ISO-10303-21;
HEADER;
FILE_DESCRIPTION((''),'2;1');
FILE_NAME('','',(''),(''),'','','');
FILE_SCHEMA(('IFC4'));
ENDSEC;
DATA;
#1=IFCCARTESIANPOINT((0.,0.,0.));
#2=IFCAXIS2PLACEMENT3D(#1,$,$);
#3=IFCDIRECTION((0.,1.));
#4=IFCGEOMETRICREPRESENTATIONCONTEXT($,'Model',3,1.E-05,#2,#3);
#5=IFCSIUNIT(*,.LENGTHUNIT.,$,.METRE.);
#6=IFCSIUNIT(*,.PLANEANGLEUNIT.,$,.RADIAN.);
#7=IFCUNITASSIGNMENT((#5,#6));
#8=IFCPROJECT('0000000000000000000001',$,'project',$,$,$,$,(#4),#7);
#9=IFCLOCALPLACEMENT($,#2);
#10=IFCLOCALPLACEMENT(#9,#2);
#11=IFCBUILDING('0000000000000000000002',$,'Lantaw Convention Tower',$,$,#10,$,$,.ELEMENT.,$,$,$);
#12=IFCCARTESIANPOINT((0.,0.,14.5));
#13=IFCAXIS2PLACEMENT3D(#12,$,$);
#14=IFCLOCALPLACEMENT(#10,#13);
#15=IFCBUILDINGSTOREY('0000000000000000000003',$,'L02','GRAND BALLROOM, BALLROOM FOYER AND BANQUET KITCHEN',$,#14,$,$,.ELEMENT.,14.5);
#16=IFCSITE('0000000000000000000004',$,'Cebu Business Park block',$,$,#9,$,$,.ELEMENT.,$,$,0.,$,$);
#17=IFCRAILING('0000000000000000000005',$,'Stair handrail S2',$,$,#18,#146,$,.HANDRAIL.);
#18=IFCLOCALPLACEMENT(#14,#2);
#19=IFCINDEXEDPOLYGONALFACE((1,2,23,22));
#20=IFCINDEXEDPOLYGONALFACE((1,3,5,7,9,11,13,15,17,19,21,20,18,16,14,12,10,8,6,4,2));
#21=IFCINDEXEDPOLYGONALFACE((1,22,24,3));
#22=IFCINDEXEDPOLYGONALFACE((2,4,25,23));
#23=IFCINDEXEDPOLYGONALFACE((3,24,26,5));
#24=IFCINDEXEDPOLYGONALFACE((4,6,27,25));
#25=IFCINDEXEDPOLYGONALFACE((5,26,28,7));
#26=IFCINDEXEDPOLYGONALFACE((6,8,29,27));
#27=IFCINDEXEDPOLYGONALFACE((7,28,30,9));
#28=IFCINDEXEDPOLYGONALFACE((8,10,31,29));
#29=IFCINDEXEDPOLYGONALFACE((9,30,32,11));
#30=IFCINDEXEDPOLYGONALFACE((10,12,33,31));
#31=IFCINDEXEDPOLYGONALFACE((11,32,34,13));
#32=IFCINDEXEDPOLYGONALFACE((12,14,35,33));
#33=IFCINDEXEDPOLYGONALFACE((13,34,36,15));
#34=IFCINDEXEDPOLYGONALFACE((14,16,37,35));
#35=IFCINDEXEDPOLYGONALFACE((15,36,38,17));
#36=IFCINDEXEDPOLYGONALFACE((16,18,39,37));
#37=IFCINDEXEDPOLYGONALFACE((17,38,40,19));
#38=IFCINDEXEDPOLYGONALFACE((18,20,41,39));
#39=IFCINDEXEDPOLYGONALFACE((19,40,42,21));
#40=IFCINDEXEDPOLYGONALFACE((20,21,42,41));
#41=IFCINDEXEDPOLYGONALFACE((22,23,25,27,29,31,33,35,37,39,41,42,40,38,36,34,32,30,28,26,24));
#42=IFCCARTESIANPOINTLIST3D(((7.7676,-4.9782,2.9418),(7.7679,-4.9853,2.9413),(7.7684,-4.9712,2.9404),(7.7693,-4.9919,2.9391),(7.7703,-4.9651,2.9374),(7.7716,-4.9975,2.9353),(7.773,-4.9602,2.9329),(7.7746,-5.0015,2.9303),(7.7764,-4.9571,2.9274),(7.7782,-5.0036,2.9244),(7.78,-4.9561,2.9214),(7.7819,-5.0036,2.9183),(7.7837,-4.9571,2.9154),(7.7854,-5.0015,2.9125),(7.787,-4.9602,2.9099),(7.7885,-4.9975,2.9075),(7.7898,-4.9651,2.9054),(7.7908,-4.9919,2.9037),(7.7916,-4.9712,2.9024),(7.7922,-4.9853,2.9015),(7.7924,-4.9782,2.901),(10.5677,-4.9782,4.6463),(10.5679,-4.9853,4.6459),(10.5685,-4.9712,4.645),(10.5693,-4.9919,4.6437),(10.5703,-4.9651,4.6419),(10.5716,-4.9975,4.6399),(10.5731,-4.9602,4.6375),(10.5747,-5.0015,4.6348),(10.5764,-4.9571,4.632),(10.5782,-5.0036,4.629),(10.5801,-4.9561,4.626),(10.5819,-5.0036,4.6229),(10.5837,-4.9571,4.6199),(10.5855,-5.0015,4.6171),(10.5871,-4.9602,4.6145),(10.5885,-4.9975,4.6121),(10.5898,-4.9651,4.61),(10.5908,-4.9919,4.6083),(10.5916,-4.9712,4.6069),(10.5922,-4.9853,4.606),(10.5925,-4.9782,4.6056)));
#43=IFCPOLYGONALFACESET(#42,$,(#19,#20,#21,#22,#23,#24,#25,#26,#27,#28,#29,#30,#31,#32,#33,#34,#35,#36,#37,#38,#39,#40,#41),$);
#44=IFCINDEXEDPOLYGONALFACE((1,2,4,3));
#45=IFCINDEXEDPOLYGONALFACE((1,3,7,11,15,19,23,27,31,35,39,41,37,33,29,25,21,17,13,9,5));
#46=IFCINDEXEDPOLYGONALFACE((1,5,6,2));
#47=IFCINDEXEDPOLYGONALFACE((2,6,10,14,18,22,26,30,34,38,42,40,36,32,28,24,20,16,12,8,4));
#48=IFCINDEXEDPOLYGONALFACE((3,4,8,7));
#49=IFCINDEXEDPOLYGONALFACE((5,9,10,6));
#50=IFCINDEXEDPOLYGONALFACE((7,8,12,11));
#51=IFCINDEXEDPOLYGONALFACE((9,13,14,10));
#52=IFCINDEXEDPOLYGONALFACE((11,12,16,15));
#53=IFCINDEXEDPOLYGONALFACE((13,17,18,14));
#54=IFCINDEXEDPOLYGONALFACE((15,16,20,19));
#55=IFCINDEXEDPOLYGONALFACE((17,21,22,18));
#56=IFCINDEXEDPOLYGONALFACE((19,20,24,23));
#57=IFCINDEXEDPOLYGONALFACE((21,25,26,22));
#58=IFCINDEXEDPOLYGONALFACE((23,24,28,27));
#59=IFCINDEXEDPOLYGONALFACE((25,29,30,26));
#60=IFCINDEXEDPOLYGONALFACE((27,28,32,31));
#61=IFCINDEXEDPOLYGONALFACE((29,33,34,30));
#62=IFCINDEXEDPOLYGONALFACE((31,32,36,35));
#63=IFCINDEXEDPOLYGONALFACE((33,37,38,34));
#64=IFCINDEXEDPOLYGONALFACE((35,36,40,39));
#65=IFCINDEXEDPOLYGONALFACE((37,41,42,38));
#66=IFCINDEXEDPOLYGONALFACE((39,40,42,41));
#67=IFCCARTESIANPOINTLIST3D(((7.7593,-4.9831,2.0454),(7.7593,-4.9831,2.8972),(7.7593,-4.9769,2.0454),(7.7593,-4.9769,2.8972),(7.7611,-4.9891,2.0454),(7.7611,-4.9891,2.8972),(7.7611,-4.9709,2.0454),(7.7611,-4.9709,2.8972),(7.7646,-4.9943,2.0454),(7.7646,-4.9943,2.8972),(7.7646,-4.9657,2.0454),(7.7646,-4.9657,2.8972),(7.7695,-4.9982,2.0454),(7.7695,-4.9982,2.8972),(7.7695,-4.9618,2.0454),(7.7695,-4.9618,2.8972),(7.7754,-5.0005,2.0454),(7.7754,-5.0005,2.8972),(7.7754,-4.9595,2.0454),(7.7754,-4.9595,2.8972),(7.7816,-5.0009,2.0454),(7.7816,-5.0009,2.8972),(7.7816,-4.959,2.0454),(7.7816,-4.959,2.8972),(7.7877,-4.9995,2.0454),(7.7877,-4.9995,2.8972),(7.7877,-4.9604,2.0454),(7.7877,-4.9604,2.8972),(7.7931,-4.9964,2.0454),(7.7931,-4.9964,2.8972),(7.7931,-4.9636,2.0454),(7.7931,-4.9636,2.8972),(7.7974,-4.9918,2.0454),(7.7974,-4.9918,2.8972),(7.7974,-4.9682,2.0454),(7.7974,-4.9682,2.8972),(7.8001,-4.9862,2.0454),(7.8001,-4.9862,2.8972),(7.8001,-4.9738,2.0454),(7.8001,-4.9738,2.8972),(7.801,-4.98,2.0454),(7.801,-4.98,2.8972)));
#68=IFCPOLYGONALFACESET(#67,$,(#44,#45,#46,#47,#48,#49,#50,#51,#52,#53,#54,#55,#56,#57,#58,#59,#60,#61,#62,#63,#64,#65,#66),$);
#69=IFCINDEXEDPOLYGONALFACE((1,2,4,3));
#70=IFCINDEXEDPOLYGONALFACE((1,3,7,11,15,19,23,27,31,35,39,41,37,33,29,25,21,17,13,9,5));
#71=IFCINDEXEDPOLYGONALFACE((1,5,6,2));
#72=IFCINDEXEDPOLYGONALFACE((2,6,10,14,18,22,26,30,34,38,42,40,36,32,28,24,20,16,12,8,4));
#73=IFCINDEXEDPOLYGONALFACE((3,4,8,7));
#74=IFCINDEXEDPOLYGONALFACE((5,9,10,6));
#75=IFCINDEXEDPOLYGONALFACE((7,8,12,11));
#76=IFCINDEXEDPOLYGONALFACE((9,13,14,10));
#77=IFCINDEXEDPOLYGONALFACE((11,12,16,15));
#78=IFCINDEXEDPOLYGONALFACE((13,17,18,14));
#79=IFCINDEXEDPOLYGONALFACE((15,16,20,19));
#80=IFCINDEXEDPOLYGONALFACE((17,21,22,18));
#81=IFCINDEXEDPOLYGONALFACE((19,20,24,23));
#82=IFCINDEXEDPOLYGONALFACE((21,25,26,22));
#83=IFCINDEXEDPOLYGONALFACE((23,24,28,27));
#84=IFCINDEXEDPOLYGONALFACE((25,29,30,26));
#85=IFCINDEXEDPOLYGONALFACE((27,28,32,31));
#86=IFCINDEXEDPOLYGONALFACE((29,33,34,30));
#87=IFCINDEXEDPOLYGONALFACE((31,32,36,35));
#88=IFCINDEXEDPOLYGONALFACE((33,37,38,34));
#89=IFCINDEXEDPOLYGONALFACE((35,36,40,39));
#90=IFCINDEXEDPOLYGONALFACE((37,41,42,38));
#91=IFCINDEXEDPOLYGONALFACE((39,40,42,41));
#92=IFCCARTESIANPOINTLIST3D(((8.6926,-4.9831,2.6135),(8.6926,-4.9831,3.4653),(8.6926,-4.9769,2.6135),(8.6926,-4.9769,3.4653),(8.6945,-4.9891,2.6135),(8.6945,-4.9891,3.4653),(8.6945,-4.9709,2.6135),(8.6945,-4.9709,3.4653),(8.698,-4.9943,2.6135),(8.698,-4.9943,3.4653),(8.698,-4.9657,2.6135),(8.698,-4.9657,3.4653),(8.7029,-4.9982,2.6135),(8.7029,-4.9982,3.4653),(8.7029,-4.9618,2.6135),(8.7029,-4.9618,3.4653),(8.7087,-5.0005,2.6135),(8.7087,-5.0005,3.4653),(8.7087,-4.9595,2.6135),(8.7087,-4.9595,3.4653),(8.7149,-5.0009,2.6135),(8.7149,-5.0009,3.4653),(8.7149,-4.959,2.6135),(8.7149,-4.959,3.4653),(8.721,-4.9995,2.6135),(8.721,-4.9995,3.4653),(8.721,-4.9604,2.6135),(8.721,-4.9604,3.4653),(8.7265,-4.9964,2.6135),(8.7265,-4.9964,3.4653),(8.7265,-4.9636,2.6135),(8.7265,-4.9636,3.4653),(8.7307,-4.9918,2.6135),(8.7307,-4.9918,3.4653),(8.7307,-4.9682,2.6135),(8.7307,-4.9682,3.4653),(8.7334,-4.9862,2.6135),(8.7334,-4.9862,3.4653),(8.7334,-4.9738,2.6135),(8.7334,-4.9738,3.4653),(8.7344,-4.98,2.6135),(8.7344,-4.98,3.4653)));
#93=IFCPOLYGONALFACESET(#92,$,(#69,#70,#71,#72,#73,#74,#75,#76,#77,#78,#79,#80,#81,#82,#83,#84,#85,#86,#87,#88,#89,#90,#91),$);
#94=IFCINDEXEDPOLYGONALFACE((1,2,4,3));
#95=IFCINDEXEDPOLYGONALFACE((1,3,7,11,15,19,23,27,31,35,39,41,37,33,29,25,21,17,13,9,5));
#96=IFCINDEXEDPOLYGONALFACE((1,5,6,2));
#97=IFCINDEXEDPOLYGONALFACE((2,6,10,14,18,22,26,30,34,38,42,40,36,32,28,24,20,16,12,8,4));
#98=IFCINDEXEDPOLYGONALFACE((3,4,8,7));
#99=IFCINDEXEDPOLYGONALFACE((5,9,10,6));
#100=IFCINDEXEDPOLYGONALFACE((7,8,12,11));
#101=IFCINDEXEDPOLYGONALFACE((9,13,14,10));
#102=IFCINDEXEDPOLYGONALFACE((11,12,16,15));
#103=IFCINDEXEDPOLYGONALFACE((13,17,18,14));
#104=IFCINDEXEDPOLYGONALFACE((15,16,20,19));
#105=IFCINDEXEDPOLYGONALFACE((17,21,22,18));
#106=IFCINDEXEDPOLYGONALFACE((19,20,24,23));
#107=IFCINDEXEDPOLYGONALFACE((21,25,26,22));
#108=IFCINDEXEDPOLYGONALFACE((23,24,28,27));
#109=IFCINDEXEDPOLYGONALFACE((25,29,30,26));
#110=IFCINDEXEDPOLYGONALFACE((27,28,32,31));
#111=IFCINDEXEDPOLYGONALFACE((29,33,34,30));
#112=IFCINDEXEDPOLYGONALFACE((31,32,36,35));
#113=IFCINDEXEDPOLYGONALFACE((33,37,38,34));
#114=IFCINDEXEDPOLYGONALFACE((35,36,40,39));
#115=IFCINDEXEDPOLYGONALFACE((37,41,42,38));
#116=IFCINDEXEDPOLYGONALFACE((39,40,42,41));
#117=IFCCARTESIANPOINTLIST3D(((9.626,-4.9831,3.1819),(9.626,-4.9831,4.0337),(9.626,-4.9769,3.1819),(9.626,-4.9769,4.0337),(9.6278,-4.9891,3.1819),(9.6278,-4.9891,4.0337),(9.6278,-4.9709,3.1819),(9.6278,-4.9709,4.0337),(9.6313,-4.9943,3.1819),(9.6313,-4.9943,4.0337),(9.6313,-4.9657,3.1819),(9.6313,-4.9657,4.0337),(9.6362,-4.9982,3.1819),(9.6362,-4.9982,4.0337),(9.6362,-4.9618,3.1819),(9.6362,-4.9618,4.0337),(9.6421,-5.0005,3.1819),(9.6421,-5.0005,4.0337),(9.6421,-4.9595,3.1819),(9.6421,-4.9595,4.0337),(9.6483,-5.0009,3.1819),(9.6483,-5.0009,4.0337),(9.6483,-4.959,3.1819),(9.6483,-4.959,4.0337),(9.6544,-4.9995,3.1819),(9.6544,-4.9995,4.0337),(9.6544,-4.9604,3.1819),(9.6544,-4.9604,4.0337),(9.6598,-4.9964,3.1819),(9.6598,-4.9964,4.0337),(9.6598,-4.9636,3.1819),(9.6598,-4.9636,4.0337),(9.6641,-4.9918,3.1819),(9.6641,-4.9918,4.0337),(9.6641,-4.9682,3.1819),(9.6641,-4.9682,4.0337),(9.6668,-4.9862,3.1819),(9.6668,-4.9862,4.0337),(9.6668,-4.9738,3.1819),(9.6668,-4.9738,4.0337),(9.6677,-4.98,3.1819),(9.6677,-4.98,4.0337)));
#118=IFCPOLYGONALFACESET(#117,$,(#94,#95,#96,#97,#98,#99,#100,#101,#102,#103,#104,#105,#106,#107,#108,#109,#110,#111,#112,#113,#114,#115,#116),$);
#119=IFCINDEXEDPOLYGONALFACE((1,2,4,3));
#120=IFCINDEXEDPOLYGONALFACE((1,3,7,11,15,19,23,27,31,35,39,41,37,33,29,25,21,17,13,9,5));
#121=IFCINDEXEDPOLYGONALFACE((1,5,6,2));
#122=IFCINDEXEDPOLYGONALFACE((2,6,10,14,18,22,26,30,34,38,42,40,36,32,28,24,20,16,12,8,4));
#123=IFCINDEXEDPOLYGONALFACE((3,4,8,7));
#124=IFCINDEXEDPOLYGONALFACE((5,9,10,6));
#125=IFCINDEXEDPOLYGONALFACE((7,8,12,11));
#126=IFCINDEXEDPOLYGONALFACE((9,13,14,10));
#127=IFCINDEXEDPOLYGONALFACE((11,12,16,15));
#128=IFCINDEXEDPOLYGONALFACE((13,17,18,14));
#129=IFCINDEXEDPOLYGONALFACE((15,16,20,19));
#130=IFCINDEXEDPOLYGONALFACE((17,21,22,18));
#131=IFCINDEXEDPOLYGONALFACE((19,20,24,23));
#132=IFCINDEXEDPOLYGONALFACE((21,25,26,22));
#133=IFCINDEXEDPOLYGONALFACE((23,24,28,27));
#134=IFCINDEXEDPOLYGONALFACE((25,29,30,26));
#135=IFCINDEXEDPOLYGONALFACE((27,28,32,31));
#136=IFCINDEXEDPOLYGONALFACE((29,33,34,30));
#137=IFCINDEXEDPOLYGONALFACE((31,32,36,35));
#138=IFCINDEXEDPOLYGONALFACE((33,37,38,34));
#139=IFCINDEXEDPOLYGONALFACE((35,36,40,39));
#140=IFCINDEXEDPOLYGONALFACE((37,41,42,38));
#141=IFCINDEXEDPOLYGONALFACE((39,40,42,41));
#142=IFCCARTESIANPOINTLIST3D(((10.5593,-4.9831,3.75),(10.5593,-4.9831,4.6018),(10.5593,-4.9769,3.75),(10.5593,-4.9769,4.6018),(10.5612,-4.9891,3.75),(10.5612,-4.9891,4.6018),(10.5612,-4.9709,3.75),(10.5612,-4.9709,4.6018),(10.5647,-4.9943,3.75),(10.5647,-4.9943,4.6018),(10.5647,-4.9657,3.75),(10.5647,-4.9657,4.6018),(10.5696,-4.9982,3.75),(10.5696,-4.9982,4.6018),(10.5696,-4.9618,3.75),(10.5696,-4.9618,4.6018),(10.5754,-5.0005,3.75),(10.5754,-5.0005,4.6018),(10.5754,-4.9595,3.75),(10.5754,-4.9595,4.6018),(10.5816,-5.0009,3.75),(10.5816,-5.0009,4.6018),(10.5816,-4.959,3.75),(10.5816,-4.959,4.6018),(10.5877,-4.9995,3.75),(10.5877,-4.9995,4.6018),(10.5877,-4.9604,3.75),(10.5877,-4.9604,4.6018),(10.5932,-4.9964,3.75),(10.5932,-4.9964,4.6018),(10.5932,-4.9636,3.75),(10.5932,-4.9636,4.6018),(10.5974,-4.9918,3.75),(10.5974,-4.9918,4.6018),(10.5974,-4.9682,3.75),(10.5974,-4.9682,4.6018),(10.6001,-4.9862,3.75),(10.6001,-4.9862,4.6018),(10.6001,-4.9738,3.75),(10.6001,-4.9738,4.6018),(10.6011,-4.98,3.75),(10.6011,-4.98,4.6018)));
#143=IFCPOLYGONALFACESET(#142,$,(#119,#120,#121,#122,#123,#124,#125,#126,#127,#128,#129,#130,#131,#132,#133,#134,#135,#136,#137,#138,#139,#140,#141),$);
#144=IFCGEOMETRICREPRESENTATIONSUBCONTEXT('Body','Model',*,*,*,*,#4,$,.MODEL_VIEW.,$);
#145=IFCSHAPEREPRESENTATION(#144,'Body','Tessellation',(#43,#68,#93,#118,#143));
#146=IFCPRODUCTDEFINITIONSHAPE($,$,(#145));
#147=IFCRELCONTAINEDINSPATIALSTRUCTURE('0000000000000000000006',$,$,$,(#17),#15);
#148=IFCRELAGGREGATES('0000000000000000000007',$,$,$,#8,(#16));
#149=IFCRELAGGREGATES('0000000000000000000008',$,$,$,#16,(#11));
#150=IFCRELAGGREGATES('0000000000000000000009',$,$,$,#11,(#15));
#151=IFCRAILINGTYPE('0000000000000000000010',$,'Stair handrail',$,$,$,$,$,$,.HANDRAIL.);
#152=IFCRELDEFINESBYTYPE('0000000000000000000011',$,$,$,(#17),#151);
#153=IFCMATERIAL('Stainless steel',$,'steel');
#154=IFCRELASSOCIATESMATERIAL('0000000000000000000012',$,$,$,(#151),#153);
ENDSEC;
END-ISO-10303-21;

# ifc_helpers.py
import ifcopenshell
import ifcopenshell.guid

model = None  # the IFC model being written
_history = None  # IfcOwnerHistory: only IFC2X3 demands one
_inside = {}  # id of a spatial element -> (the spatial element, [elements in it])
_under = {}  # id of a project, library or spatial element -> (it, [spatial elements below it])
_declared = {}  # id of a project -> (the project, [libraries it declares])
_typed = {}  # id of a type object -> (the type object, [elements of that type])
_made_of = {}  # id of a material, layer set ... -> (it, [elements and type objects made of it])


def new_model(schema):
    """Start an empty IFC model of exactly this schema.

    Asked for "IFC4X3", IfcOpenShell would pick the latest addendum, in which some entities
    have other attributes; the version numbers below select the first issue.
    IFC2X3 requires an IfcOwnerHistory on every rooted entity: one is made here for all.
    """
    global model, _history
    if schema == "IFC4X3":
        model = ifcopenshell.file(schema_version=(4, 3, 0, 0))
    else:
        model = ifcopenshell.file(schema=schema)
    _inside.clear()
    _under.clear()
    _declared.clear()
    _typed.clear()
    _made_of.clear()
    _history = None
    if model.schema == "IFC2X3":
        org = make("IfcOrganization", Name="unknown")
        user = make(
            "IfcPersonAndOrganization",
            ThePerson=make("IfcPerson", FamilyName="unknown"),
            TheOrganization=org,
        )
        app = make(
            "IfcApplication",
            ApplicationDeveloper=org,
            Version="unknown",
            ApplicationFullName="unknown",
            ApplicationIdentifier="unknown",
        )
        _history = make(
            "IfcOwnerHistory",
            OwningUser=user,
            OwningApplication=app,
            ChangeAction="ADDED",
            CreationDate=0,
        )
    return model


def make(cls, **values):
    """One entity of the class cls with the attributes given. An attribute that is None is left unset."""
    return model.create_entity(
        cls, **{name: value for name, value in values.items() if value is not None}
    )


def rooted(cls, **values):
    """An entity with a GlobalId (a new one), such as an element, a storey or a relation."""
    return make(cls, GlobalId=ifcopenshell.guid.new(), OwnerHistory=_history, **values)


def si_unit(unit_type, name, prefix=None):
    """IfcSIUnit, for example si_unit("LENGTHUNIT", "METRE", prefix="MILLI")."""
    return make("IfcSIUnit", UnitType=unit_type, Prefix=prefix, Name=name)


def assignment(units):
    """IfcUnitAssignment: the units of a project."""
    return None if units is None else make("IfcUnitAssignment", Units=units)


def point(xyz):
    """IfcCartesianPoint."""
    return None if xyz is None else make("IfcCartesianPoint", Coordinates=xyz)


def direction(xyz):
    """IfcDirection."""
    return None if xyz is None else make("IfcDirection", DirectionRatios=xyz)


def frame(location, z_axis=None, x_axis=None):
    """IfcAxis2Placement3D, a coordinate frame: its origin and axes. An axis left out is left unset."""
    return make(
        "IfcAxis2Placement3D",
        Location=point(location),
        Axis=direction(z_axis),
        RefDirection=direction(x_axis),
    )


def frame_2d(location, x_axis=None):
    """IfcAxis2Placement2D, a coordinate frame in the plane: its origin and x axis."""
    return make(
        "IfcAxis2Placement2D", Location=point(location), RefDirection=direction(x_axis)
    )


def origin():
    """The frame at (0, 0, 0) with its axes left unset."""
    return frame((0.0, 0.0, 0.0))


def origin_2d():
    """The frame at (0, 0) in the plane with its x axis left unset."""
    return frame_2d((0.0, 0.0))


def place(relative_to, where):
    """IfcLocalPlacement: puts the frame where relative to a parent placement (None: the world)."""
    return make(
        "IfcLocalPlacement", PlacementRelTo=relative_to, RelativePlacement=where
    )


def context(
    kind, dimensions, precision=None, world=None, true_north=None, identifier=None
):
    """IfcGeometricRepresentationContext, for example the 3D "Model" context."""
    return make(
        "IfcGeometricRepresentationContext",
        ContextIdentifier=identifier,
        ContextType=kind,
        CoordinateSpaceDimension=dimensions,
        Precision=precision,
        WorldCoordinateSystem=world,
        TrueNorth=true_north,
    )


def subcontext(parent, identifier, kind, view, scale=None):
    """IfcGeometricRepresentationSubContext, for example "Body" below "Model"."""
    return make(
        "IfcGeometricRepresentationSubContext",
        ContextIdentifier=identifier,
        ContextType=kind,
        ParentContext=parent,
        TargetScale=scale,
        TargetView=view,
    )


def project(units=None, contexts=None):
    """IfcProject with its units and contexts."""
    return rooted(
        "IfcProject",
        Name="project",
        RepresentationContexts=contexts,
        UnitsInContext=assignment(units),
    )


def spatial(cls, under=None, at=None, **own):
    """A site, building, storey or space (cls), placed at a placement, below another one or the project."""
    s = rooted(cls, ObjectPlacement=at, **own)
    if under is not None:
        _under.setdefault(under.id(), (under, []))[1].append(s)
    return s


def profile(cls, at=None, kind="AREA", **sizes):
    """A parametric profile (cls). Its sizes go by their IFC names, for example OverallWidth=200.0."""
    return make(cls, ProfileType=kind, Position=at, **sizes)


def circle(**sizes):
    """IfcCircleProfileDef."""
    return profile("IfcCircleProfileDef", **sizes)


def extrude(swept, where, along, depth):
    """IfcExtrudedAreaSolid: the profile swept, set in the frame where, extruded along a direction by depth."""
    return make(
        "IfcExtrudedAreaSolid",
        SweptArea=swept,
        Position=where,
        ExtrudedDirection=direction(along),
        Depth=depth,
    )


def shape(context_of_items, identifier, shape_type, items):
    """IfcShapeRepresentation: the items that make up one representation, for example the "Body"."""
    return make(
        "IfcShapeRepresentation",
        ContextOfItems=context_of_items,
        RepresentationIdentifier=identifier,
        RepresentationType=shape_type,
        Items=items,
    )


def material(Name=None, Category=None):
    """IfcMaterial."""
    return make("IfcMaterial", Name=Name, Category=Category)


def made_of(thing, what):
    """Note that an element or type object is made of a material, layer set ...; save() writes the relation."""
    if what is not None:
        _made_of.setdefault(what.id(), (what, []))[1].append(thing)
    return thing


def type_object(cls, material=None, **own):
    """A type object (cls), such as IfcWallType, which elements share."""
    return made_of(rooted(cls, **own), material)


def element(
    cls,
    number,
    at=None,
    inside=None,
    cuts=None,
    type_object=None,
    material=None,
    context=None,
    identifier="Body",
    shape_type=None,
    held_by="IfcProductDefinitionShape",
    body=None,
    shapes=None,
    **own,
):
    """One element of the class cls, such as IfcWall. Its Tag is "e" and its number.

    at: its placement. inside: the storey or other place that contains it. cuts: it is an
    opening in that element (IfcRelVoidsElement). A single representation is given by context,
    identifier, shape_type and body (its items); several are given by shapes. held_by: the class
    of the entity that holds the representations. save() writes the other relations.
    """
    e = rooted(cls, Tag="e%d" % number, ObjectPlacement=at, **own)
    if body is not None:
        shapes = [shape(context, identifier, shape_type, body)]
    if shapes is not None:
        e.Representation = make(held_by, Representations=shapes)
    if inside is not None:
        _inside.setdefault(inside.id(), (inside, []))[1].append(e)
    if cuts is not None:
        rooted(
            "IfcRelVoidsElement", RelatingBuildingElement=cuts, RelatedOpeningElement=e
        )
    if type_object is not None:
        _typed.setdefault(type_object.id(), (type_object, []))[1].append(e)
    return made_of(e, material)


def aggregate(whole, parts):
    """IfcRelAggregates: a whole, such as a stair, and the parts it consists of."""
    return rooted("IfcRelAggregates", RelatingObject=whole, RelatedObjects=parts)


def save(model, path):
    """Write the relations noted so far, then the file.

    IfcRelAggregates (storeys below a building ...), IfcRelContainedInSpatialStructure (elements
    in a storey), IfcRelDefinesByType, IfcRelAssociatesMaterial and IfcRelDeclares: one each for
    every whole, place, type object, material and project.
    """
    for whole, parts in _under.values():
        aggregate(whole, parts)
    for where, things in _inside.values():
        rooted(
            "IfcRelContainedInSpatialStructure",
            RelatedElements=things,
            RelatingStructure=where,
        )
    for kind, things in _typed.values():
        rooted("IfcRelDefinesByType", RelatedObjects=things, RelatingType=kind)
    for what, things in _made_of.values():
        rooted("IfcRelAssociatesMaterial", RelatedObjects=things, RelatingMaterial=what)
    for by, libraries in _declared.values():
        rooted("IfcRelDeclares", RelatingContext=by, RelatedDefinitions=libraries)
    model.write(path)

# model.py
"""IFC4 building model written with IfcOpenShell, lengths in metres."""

from ifc_helpers import new_model, si_unit, direction, frame, origin, origin_2d, place, context, subcontext, project, spatial, circle, extrude, material, type_object, element, save


model = new_model("IFC4")

# Units and contexts
model_context = context("Model", 3, precision=1e-05, world=origin(), true_north=direction((0.0, 1.0)))
body_context = subcontext(model_context, "Body", "Model", "MODEL_VIEW")
ifc_project = project(units=[si_unit("LENGTHUNIT", "METRE"), si_unit("PLANEANGLEUNIT", "RADIAN")], contexts=[model_context])

# Site, building, storey
site_placement = place(None, origin())
site = spatial("IfcSite", under=ifc_project, at=site_placement, Name="Cebu Business Park block", CompositionType="ELEMENT", RefElevation=0.0)
building_placement = place(site_placement, origin())
building = spatial("IfcBuilding", under=site, at=building_placement, Name="Lantaw Convention Tower", CompositionType="ELEMENT")
storey_placement = place(building_placement, frame((0.0, 0.0, 14.5)))
storey = spatial("IfcBuildingStorey", under=building, at=storey_placement, Name="L02", Description="GRAND BALLROOM, BALLROOM FOYER AND BANQUET KITCHEN", CompositionType="ELEMENT", Elevation=14.5)

# Railing
ifc_material_1 = material(Name="Stainless steel", Category="steel")
railing_type = type_object("IfcRailingType", Name="Stair handrail", PredefinedType="HANDRAIL", material=ifc_material_1)
railing_1_placement = place(storey_placement, frame((7.78, -4.98, 2.0454)))
element("IfcRailing", 1, at=railing_1_placement, inside=storey, type_object=railing_type, Name="Stair handrail S2", PredefinedType="HANDRAIL", context=body_context, shape_type="SweptSolid", body=[
    extrude(circle(Radius=0.0239, at=origin_2d()), frame((0.0, 0.0, 0.876), z_axis=(0.85417, 0.0, 0.519994), x_axis=(0.0, 1.0, 0.0)), (0.0, 0.0, 1.0), 3.2781),
    extrude(circle(Radius=0.021, at=origin_2d()), origin(), (0.0, 0.0, 1.0), 0.8518),
    extrude(circle(Radius=0.021, at=origin_2d()), frame((0.9333, 0.0, 0.5681)), (0.0, 0.0, 1.0), 0.8518),
    extrude(circle(Radius=0.021, at=origin_2d()), frame((1.8667, 0.0, 1.1365)), (0.0, 0.0, 1.0), 0.8518),
    extrude(circle(Radius=0.021, at=origin_2d()), frame((2.8, 0.0, 1.7046)), (0.0, 0.0, 1.0), 0.8518),
])

save(model, "model.ifc")
